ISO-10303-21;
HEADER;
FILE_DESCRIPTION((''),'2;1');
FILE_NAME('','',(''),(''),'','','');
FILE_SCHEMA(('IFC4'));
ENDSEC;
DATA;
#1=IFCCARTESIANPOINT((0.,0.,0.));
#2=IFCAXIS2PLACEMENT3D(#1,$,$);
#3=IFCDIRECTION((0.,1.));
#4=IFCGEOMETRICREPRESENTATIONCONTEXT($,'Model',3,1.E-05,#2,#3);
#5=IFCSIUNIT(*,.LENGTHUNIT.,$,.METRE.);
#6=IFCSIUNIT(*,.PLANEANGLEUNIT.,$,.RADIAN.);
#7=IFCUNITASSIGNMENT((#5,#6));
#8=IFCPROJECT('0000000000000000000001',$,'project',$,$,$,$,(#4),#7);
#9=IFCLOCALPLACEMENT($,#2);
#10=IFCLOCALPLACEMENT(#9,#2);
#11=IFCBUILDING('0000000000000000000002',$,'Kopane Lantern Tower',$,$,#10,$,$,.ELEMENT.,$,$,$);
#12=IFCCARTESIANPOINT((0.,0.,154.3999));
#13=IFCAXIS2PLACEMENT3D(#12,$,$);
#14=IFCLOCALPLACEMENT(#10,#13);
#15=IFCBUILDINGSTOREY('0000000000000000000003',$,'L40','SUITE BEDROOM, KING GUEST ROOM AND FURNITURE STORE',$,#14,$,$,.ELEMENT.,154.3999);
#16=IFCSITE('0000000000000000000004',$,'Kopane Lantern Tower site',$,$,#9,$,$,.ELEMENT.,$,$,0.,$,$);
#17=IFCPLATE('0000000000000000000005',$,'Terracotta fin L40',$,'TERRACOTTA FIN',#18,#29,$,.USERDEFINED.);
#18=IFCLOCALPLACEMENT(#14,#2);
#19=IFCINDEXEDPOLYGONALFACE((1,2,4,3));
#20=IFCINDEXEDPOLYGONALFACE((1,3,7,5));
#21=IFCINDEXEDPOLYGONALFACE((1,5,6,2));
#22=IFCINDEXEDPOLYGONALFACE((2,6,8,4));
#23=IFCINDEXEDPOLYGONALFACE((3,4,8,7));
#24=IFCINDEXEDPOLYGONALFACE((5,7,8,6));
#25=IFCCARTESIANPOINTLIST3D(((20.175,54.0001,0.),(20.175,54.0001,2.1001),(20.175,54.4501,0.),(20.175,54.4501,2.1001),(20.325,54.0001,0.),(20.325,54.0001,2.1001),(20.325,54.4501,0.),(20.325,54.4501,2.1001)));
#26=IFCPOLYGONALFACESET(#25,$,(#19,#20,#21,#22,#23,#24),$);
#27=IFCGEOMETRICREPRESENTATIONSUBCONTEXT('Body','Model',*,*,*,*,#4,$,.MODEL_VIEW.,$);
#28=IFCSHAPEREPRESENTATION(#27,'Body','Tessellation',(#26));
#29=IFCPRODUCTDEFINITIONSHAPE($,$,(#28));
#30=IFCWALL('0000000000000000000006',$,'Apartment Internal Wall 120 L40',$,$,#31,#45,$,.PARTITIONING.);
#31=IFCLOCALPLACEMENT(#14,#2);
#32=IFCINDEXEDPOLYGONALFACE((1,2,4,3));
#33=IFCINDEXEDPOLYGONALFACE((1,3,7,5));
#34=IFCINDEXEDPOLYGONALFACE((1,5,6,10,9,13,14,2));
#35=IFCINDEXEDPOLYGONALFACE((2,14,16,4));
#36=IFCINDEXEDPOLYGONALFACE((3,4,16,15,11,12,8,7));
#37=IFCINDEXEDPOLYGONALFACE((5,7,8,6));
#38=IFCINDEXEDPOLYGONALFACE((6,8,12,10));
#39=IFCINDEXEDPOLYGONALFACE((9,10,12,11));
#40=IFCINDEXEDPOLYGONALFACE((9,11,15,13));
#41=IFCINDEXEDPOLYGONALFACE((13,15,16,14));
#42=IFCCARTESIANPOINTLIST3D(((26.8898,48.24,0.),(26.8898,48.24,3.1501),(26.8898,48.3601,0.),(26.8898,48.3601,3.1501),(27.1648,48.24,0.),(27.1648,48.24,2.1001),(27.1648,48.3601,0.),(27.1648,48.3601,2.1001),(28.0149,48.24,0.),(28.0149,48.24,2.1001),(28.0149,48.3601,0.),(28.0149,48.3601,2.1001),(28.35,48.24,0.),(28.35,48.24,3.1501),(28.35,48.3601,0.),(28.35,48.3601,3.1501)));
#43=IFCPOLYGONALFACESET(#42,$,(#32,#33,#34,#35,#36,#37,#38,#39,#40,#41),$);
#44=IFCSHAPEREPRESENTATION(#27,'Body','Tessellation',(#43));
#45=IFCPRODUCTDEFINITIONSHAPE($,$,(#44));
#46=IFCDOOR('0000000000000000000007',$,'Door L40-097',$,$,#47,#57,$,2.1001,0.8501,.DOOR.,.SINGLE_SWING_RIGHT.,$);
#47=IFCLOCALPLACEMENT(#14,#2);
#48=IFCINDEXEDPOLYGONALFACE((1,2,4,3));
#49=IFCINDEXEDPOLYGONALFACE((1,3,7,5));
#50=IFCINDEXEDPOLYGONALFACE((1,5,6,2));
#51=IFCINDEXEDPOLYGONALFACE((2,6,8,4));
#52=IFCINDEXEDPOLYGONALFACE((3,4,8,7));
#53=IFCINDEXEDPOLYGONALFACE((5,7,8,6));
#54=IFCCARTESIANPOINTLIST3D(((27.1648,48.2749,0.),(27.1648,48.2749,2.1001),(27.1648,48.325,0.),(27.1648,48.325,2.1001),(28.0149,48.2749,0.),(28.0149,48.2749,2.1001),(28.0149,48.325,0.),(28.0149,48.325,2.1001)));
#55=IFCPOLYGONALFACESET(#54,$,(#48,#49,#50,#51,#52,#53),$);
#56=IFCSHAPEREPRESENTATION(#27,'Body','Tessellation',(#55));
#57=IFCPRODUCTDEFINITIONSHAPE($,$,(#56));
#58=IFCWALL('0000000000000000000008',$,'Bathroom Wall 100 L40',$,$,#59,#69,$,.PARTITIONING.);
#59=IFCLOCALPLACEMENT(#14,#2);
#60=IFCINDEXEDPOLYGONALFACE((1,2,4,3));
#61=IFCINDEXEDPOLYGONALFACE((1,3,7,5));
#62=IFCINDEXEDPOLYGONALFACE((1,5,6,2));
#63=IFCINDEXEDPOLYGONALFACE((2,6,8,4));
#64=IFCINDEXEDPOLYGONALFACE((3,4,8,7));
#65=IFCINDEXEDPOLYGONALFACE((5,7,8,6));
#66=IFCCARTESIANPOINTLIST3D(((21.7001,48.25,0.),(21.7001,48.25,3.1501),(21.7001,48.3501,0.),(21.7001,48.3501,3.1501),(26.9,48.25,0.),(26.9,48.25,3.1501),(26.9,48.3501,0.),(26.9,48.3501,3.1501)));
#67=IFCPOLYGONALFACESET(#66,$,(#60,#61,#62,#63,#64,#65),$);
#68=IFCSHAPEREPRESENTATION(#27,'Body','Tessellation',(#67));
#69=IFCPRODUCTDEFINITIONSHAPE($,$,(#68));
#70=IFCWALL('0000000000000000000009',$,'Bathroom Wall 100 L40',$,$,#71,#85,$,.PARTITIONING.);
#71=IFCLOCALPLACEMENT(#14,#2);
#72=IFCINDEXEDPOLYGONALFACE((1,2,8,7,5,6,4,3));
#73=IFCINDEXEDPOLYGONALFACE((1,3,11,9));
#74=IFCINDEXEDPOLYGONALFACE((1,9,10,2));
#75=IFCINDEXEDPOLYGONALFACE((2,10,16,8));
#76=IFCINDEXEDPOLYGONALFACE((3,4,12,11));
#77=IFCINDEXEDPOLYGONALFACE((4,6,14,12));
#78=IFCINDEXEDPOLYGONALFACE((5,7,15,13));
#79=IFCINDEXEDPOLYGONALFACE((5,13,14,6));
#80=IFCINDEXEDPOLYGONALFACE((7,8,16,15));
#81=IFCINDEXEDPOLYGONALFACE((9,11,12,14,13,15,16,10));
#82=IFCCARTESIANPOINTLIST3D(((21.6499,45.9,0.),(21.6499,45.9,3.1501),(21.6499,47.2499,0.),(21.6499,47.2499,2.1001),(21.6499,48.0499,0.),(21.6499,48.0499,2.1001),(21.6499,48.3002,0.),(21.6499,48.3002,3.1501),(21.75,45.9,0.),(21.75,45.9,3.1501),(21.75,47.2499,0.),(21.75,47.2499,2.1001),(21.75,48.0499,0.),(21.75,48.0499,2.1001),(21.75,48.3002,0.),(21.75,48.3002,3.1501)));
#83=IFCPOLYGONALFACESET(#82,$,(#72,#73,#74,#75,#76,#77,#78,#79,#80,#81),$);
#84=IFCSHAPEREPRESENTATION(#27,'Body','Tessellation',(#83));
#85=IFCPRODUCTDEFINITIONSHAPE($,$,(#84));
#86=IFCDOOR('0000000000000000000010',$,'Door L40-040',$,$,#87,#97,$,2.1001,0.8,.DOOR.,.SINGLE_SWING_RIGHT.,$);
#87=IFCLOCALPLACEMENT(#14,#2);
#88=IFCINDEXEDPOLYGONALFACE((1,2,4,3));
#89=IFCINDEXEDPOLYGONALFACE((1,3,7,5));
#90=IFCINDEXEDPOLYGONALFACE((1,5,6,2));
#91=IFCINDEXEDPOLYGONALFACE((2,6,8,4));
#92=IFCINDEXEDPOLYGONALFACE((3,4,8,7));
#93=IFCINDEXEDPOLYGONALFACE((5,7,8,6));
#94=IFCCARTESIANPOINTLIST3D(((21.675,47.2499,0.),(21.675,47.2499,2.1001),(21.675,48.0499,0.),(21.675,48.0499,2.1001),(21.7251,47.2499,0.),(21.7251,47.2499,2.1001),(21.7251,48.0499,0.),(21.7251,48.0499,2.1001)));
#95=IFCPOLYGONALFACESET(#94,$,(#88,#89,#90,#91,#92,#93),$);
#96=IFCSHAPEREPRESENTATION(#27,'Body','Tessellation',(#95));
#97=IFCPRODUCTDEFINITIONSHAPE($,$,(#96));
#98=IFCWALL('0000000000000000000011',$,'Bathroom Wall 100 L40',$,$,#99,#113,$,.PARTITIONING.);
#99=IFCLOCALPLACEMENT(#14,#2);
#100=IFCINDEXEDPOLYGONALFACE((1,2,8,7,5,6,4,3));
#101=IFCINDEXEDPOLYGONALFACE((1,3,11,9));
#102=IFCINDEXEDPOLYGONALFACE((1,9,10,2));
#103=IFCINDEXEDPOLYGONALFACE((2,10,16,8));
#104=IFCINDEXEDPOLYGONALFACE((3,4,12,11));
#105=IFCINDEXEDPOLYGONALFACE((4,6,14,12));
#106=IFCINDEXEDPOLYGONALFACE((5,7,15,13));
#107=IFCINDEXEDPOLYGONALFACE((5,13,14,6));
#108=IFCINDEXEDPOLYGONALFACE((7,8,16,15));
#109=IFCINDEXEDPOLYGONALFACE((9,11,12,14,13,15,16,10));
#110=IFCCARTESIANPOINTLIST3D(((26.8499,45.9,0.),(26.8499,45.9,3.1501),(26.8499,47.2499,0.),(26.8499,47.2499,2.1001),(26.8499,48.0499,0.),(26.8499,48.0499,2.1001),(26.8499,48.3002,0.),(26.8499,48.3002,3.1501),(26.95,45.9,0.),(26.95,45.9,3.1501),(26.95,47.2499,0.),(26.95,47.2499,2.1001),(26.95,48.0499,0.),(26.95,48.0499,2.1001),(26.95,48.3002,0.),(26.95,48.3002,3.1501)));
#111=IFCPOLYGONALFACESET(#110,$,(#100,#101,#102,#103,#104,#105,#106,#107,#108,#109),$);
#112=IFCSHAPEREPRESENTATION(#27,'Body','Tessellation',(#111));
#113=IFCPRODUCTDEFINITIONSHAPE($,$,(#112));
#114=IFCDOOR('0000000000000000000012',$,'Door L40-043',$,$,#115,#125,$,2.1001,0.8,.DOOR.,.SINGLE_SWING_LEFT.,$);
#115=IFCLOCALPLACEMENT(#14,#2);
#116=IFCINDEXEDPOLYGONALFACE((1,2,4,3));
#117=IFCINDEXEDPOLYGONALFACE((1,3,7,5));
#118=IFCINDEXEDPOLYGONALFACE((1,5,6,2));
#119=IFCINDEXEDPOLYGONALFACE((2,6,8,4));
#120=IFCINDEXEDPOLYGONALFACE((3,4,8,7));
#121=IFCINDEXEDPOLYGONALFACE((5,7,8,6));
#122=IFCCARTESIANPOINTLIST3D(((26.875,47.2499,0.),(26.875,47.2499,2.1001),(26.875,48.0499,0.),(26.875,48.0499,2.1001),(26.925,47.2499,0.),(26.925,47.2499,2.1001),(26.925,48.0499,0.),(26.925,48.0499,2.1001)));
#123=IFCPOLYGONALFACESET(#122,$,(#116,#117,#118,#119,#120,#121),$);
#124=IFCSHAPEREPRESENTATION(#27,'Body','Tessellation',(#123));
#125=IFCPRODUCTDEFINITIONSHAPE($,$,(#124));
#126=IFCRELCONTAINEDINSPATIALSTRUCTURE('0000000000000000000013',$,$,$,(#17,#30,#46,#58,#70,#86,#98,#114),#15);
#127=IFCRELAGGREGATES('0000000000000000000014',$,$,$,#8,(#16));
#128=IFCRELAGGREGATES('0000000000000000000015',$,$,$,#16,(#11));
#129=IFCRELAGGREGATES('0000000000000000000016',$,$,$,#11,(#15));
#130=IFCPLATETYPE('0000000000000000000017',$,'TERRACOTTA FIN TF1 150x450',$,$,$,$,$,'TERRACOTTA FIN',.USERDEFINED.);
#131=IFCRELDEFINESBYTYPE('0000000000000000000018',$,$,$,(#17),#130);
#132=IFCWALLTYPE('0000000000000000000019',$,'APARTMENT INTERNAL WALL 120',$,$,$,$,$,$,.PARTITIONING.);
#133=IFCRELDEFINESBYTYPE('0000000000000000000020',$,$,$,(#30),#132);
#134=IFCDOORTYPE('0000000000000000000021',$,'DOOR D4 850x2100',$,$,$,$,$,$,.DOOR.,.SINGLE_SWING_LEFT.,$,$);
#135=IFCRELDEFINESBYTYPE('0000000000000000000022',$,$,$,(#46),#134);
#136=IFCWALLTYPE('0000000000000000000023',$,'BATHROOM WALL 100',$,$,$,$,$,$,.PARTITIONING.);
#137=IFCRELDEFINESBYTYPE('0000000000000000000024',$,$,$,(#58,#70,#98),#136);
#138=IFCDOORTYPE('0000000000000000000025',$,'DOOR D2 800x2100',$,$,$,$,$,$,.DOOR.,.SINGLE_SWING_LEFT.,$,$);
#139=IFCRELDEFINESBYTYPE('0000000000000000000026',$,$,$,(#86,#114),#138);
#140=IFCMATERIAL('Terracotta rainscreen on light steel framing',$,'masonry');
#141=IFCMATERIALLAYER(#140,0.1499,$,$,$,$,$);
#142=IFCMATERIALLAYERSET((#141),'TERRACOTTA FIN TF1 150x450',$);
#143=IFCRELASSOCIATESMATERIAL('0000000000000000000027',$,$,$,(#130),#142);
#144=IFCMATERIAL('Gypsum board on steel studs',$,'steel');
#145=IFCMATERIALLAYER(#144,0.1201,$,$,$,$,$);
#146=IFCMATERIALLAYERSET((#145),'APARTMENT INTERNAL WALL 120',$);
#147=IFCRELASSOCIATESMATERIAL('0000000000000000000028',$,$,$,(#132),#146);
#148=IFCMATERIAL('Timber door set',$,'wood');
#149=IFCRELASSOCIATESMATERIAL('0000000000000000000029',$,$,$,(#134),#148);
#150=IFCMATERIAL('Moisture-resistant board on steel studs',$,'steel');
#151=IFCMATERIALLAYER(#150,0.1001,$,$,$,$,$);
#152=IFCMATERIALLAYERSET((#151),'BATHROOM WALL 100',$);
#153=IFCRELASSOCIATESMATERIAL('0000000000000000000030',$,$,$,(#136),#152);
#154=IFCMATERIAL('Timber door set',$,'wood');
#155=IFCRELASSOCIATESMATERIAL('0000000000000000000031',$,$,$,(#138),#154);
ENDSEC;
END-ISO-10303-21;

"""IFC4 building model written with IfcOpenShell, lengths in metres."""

from ifc_helpers import new_model, si_unit, direction, frame, frame_2d, origin, origin_2d, place, context, subcontext, project, spatial, rectangle, extrude, material, layer, layer_set, type_object, element, fill, save


model = new_model("IFC4")

# Units and contexts
model_context = context("Model", 3, precision=1e-05, world=origin(), true_north=direction((0.0, 1.0)))
body_context = subcontext(model_context, "Body", "Model", "MODEL_VIEW")
ifc_project = project(units=[si_unit("LENGTHUNIT", "METRE"), si_unit("PLANEANGLEUNIT", "RADIAN")], contexts=[model_context])

# Site, building, storey
site_placement = place(None, origin())
site = spatial("IfcSite", under=ifc_project, at=site_placement, Name="Kopane Lantern Tower site", CompositionType="ELEMENT", RefElevation=0.0)
building_placement = place(site_placement, origin())
building = spatial("IfcBuilding", under=site, at=building_placement, Name="Kopane Lantern Tower", CompositionType="ELEMENT")
storey_placement = place(building_placement, frame((0.0, 0.0, 154.3999)))
storey = spatial("IfcBuildingStorey", under=building, at=storey_placement, Name="L40", Description="SUITE BEDROOM, KING GUEST ROOM AND FURNITURE STORE", CompositionType="ELEMENT", Elevation=154.3999)

# Plate
ifc_material_1 = material(Name="Terracotta rainscreen on light steel framing", Category="masonry")
ifc_layer_1 = layer(ifc_material_1, 0.1499)
ifc_layer_set_1 = layer_set([ifc_layer_1], Name="TERRACOTTA FIN TF1 150x450")
plate_type = type_object("IfcPlateType", Name="TERRACOTTA FIN TF1 150x450", ElementType="TERRACOTTA FIN", PredefinedType="USERDEFINED", material=ifc_layer_set_1)
for number, where, z_axis, x_axis, name in (
    (1, (20.25, 54.2251, 0.0), (0.0, 0.0, 1.0), (-1.0, 0.0, 0.0), "Terracotta fin L40"),
):
    element("IfcPlate", number, at=place(storey_placement, frame(where, z_axis=z_axis, x_axis=x_axis)), inside=storey, type_object=plate_type, Name=name, ObjectType="TERRACOTTA FIN", PredefinedType="USERDEFINED", context=body_context, shape_type="SweptSolid", body=[
        extrude(rectangle(XDim=0.1499, YDim=0.45, at=origin_2d()), origin(), (0.0, 0.0, 1.0), 2.1001),
    ])

# Wall, opening, door
ifc_material_2 = material(Name="Gypsum board on steel studs", Category="steel")
ifc_layer_2 = layer(ifc_material_2, 0.1201)
ifc_layer_set_2 = layer_set([ifc_layer_2], Name="APARTMENT INTERNAL WALL 120")
wall_type_1 = type_object("IfcWallType", Name="APARTMENT INTERNAL WALL 120", PredefinedType="PARTITIONING", material=ifc_layer_set_2)
wall_1_placement = place(storey_placement, frame((26.8899, 48.3, 0.0), z_axis=(0.0, 0.0, 1.0), x_axis=(1.0, 0.0, 0.0)))
wall_1 = element("IfcWall", 2, at=wall_1_placement, inside=storey, type_object=wall_type_1, Name="Apartment Internal Wall 120 L40", PredefinedType="PARTITIONING", context=body_context, shape_type="SweptSolid", body=[
    extrude(rectangle(XDim=1.4602, YDim=0.1201, at=frame_2d((0.73, 0.0))), origin(), (0.0, 0.0, 1.0), 3.1501),
])
opening_1_placement = place(wall_1_placement, frame((0.2749, 0.0, 0.0)))
opening_1 = element("IfcOpeningElement", 3, at=opening_1_placement, cuts=wall_1, PredefinedType="OPENING", context=body_context, shape_type="SweptSolid", body=[
    extrude(rectangle(XDim=0.8501, YDim=2.1001, at=frame_2d((0.425, 1.05))), frame((0.0, 0.0701, 0.0), z_axis=(0.0, -1.0, 0.0), x_axis=(1.0, 0.0, 0.0)), (0.0, 0.0, 1.0), 0.1401),
])
ifc_material_3 = material(Name="Timber door set", Category="wood")
door_type_1 = type_object("IfcDoorType", Name="DOOR D4 850x2100", OperationType="SINGLE_SWING_LEFT", PredefinedType="DOOR", material=ifc_material_3)
door_1_placement = place(opening_1_placement, origin())
door_1 = element("IfcDoor", 4, at=door_1_placement, inside=storey, type_object=door_type_1, Name="Door L40-097", OperationType="SINGLE_SWING_RIGHT", OverallHeight=2.1001, OverallWidth=0.8501, PredefinedType="DOOR", context=body_context, shape_type="SweptSolid", body=[
    extrude(rectangle(XDim=0.8501, YDim=2.1001, at=frame_2d((0.425, 1.05))), frame((0.0, 0.0249, 0.0), z_axis=(0.0, -1.0, 0.0), x_axis=(1.0, 0.0, 0.0)), (0.0, 0.0, 1.0), 0.05),
])
fill(opening_1, door_1)

# Wall
ifc_material_4 = material(Name="Moisture-resistant board on steel studs", Category="steel")
ifc_layer_3 = layer(ifc_material_4, 0.1001)
ifc_layer_set_3 = layer_set([ifc_layer_3], Name="BATHROOM WALL 100")
wall_type_2 = type_object("IfcWallType", Name="BATHROOM WALL 100", PredefinedType="PARTITIONING", material=ifc_layer_set_3)
wall_2_placement = place(storey_placement, frame((21.7, 48.3, 0.0), z_axis=(0.0, 0.0, 1.0), x_axis=(1.0, 0.0, 0.0)))
element("IfcWall", 5, at=wall_2_placement, inside=storey, type_object=wall_type_2, Name="Bathroom Wall 100 L40", PredefinedType="PARTITIONING", context=body_context, shape_type="SweptSolid", body=[
    extrude(rectangle(XDim=5.2, YDim=0.1001, at=frame_2d((2.6001, 0.0))), origin(), (0.0, 0.0, 1.0), 3.1501),
])

# Walls, openings, doors
wall_3_placement = place(storey_placement, frame((21.7, 45.8999, 0.0), z_axis=(0.0, 0.0, 1.0), x_axis=(0.0, 1.0, 0.0)))
wall_3 = element("IfcWall", 6, at=wall_3_placement, inside=storey, type_object=wall_type_2, Name="Bathroom Wall 100 L40", PredefinedType="PARTITIONING", context=body_context, shape_type="SweptSolid", body=[
    extrude(rectangle(XDim=2.4001, YDim=0.1001, at=frame_2d((1.2002, 0.0))), origin(), (0.0, 0.0, 1.0), 3.1501),
])
opening_2_placement = place(wall_3_placement, frame((1.3501, 0.0, 0.0)))
opening_2 = element("IfcOpeningElement", 7, at=opening_2_placement, cuts=wall_3, PredefinedType="OPENING", context=body_context, shape_type="SweptSolid", body=[
    extrude(rectangle(XDim=0.8, YDim=2.1001, at=frame_2d((0.3999, 1.05))), frame((0.0, 0.0601, 0.0), z_axis=(0.0, -1.0, 0.0), x_axis=(1.0, 0.0, 0.0)), (0.0, 0.0, 1.0), 0.1201),
])
ifc_material_5 = material(Name="Timber door set", Category="wood")
door_type_2 = type_object("IfcDoorType", Name="DOOR D2 800x2100", OperationType="SINGLE_SWING_LEFT", PredefinedType="DOOR", material=ifc_material_5)
door_2_placement = place(opening_2_placement, origin())
door_2 = element("IfcDoor", 8, at=door_2_placement, inside=storey, type_object=door_type_2, Name="Door L40-040", OperationType="SINGLE_SWING_RIGHT", OverallHeight=2.1001, OverallWidth=0.8, PredefinedType="DOOR", context=body_context, shape_type="SweptSolid", body=[
    extrude(rectangle(XDim=0.8, YDim=2.1001, at=frame_2d((0.3999, 1.05))), frame((0.0, 0.0249, 0.0), z_axis=(0.0, -1.0, 0.0), x_axis=(1.0, 0.0, 0.0)), (0.0, 0.0, 1.0), 0.05),
])
fill(opening_2, door_2)
wall_4_placement = place(storey_placement, frame((26.8999, 45.8999, 0.0), z_axis=(0.0, 0.0, 1.0), x_axis=(0.0, 1.0, 0.0)))
wall_4 = element("IfcWall", 9, at=wall_4_placement, inside=storey, type_object=wall_type_2, Name="Bathroom Wall 100 L40", PredefinedType="PARTITIONING", context=body_context, shape_type="SweptSolid", body=[
    extrude(rectangle(XDim=2.4001, YDim=0.1001, at=frame_2d((1.2002, 0.0))), origin(), (0.0, 0.0, 1.0), 3.1501),
])
opening_3_placement = place(wall_4_placement, frame((1.3501, 0.0, 0.0)))
opening_3 = element("IfcOpeningElement", 10, at=opening_3_placement, cuts=wall_4, PredefinedType="OPENING", context=body_context, shape_type="SweptSolid", body=[
    extrude(rectangle(XDim=0.8, YDim=2.1001, at=frame_2d((0.3999, 1.05))), frame((0.0, 0.0601, 0.0), z_axis=(0.0, -1.0, 0.0), x_axis=(1.0, 0.0, 0.0)), (0.0, 0.0, 1.0), 0.1201),
])
door_3_placement = place(opening_3_placement, origin())
door_3 = element("IfcDoor", 11, at=door_3_placement, inside=storey, type_object=door_type_2, Name="Door L40-043", OperationType="SINGLE_SWING_LEFT", OverallHeight=2.1001, OverallWidth=0.8, PredefinedType="DOOR", context=body_context, shape_type="SweptSolid", body=[
    extrude(rectangle(XDim=0.8, YDim=2.1001, at=frame_2d((0.3999, 1.05))), frame((0.0, 0.0249, 0.0), z_axis=(0.0, -1.0, 0.0), x_axis=(1.0, 0.0, 0.0)), (0.0, 0.0, 1.0), 0.05),
])
fill(opening_3, door_3)

save(model, "model.ifc")
